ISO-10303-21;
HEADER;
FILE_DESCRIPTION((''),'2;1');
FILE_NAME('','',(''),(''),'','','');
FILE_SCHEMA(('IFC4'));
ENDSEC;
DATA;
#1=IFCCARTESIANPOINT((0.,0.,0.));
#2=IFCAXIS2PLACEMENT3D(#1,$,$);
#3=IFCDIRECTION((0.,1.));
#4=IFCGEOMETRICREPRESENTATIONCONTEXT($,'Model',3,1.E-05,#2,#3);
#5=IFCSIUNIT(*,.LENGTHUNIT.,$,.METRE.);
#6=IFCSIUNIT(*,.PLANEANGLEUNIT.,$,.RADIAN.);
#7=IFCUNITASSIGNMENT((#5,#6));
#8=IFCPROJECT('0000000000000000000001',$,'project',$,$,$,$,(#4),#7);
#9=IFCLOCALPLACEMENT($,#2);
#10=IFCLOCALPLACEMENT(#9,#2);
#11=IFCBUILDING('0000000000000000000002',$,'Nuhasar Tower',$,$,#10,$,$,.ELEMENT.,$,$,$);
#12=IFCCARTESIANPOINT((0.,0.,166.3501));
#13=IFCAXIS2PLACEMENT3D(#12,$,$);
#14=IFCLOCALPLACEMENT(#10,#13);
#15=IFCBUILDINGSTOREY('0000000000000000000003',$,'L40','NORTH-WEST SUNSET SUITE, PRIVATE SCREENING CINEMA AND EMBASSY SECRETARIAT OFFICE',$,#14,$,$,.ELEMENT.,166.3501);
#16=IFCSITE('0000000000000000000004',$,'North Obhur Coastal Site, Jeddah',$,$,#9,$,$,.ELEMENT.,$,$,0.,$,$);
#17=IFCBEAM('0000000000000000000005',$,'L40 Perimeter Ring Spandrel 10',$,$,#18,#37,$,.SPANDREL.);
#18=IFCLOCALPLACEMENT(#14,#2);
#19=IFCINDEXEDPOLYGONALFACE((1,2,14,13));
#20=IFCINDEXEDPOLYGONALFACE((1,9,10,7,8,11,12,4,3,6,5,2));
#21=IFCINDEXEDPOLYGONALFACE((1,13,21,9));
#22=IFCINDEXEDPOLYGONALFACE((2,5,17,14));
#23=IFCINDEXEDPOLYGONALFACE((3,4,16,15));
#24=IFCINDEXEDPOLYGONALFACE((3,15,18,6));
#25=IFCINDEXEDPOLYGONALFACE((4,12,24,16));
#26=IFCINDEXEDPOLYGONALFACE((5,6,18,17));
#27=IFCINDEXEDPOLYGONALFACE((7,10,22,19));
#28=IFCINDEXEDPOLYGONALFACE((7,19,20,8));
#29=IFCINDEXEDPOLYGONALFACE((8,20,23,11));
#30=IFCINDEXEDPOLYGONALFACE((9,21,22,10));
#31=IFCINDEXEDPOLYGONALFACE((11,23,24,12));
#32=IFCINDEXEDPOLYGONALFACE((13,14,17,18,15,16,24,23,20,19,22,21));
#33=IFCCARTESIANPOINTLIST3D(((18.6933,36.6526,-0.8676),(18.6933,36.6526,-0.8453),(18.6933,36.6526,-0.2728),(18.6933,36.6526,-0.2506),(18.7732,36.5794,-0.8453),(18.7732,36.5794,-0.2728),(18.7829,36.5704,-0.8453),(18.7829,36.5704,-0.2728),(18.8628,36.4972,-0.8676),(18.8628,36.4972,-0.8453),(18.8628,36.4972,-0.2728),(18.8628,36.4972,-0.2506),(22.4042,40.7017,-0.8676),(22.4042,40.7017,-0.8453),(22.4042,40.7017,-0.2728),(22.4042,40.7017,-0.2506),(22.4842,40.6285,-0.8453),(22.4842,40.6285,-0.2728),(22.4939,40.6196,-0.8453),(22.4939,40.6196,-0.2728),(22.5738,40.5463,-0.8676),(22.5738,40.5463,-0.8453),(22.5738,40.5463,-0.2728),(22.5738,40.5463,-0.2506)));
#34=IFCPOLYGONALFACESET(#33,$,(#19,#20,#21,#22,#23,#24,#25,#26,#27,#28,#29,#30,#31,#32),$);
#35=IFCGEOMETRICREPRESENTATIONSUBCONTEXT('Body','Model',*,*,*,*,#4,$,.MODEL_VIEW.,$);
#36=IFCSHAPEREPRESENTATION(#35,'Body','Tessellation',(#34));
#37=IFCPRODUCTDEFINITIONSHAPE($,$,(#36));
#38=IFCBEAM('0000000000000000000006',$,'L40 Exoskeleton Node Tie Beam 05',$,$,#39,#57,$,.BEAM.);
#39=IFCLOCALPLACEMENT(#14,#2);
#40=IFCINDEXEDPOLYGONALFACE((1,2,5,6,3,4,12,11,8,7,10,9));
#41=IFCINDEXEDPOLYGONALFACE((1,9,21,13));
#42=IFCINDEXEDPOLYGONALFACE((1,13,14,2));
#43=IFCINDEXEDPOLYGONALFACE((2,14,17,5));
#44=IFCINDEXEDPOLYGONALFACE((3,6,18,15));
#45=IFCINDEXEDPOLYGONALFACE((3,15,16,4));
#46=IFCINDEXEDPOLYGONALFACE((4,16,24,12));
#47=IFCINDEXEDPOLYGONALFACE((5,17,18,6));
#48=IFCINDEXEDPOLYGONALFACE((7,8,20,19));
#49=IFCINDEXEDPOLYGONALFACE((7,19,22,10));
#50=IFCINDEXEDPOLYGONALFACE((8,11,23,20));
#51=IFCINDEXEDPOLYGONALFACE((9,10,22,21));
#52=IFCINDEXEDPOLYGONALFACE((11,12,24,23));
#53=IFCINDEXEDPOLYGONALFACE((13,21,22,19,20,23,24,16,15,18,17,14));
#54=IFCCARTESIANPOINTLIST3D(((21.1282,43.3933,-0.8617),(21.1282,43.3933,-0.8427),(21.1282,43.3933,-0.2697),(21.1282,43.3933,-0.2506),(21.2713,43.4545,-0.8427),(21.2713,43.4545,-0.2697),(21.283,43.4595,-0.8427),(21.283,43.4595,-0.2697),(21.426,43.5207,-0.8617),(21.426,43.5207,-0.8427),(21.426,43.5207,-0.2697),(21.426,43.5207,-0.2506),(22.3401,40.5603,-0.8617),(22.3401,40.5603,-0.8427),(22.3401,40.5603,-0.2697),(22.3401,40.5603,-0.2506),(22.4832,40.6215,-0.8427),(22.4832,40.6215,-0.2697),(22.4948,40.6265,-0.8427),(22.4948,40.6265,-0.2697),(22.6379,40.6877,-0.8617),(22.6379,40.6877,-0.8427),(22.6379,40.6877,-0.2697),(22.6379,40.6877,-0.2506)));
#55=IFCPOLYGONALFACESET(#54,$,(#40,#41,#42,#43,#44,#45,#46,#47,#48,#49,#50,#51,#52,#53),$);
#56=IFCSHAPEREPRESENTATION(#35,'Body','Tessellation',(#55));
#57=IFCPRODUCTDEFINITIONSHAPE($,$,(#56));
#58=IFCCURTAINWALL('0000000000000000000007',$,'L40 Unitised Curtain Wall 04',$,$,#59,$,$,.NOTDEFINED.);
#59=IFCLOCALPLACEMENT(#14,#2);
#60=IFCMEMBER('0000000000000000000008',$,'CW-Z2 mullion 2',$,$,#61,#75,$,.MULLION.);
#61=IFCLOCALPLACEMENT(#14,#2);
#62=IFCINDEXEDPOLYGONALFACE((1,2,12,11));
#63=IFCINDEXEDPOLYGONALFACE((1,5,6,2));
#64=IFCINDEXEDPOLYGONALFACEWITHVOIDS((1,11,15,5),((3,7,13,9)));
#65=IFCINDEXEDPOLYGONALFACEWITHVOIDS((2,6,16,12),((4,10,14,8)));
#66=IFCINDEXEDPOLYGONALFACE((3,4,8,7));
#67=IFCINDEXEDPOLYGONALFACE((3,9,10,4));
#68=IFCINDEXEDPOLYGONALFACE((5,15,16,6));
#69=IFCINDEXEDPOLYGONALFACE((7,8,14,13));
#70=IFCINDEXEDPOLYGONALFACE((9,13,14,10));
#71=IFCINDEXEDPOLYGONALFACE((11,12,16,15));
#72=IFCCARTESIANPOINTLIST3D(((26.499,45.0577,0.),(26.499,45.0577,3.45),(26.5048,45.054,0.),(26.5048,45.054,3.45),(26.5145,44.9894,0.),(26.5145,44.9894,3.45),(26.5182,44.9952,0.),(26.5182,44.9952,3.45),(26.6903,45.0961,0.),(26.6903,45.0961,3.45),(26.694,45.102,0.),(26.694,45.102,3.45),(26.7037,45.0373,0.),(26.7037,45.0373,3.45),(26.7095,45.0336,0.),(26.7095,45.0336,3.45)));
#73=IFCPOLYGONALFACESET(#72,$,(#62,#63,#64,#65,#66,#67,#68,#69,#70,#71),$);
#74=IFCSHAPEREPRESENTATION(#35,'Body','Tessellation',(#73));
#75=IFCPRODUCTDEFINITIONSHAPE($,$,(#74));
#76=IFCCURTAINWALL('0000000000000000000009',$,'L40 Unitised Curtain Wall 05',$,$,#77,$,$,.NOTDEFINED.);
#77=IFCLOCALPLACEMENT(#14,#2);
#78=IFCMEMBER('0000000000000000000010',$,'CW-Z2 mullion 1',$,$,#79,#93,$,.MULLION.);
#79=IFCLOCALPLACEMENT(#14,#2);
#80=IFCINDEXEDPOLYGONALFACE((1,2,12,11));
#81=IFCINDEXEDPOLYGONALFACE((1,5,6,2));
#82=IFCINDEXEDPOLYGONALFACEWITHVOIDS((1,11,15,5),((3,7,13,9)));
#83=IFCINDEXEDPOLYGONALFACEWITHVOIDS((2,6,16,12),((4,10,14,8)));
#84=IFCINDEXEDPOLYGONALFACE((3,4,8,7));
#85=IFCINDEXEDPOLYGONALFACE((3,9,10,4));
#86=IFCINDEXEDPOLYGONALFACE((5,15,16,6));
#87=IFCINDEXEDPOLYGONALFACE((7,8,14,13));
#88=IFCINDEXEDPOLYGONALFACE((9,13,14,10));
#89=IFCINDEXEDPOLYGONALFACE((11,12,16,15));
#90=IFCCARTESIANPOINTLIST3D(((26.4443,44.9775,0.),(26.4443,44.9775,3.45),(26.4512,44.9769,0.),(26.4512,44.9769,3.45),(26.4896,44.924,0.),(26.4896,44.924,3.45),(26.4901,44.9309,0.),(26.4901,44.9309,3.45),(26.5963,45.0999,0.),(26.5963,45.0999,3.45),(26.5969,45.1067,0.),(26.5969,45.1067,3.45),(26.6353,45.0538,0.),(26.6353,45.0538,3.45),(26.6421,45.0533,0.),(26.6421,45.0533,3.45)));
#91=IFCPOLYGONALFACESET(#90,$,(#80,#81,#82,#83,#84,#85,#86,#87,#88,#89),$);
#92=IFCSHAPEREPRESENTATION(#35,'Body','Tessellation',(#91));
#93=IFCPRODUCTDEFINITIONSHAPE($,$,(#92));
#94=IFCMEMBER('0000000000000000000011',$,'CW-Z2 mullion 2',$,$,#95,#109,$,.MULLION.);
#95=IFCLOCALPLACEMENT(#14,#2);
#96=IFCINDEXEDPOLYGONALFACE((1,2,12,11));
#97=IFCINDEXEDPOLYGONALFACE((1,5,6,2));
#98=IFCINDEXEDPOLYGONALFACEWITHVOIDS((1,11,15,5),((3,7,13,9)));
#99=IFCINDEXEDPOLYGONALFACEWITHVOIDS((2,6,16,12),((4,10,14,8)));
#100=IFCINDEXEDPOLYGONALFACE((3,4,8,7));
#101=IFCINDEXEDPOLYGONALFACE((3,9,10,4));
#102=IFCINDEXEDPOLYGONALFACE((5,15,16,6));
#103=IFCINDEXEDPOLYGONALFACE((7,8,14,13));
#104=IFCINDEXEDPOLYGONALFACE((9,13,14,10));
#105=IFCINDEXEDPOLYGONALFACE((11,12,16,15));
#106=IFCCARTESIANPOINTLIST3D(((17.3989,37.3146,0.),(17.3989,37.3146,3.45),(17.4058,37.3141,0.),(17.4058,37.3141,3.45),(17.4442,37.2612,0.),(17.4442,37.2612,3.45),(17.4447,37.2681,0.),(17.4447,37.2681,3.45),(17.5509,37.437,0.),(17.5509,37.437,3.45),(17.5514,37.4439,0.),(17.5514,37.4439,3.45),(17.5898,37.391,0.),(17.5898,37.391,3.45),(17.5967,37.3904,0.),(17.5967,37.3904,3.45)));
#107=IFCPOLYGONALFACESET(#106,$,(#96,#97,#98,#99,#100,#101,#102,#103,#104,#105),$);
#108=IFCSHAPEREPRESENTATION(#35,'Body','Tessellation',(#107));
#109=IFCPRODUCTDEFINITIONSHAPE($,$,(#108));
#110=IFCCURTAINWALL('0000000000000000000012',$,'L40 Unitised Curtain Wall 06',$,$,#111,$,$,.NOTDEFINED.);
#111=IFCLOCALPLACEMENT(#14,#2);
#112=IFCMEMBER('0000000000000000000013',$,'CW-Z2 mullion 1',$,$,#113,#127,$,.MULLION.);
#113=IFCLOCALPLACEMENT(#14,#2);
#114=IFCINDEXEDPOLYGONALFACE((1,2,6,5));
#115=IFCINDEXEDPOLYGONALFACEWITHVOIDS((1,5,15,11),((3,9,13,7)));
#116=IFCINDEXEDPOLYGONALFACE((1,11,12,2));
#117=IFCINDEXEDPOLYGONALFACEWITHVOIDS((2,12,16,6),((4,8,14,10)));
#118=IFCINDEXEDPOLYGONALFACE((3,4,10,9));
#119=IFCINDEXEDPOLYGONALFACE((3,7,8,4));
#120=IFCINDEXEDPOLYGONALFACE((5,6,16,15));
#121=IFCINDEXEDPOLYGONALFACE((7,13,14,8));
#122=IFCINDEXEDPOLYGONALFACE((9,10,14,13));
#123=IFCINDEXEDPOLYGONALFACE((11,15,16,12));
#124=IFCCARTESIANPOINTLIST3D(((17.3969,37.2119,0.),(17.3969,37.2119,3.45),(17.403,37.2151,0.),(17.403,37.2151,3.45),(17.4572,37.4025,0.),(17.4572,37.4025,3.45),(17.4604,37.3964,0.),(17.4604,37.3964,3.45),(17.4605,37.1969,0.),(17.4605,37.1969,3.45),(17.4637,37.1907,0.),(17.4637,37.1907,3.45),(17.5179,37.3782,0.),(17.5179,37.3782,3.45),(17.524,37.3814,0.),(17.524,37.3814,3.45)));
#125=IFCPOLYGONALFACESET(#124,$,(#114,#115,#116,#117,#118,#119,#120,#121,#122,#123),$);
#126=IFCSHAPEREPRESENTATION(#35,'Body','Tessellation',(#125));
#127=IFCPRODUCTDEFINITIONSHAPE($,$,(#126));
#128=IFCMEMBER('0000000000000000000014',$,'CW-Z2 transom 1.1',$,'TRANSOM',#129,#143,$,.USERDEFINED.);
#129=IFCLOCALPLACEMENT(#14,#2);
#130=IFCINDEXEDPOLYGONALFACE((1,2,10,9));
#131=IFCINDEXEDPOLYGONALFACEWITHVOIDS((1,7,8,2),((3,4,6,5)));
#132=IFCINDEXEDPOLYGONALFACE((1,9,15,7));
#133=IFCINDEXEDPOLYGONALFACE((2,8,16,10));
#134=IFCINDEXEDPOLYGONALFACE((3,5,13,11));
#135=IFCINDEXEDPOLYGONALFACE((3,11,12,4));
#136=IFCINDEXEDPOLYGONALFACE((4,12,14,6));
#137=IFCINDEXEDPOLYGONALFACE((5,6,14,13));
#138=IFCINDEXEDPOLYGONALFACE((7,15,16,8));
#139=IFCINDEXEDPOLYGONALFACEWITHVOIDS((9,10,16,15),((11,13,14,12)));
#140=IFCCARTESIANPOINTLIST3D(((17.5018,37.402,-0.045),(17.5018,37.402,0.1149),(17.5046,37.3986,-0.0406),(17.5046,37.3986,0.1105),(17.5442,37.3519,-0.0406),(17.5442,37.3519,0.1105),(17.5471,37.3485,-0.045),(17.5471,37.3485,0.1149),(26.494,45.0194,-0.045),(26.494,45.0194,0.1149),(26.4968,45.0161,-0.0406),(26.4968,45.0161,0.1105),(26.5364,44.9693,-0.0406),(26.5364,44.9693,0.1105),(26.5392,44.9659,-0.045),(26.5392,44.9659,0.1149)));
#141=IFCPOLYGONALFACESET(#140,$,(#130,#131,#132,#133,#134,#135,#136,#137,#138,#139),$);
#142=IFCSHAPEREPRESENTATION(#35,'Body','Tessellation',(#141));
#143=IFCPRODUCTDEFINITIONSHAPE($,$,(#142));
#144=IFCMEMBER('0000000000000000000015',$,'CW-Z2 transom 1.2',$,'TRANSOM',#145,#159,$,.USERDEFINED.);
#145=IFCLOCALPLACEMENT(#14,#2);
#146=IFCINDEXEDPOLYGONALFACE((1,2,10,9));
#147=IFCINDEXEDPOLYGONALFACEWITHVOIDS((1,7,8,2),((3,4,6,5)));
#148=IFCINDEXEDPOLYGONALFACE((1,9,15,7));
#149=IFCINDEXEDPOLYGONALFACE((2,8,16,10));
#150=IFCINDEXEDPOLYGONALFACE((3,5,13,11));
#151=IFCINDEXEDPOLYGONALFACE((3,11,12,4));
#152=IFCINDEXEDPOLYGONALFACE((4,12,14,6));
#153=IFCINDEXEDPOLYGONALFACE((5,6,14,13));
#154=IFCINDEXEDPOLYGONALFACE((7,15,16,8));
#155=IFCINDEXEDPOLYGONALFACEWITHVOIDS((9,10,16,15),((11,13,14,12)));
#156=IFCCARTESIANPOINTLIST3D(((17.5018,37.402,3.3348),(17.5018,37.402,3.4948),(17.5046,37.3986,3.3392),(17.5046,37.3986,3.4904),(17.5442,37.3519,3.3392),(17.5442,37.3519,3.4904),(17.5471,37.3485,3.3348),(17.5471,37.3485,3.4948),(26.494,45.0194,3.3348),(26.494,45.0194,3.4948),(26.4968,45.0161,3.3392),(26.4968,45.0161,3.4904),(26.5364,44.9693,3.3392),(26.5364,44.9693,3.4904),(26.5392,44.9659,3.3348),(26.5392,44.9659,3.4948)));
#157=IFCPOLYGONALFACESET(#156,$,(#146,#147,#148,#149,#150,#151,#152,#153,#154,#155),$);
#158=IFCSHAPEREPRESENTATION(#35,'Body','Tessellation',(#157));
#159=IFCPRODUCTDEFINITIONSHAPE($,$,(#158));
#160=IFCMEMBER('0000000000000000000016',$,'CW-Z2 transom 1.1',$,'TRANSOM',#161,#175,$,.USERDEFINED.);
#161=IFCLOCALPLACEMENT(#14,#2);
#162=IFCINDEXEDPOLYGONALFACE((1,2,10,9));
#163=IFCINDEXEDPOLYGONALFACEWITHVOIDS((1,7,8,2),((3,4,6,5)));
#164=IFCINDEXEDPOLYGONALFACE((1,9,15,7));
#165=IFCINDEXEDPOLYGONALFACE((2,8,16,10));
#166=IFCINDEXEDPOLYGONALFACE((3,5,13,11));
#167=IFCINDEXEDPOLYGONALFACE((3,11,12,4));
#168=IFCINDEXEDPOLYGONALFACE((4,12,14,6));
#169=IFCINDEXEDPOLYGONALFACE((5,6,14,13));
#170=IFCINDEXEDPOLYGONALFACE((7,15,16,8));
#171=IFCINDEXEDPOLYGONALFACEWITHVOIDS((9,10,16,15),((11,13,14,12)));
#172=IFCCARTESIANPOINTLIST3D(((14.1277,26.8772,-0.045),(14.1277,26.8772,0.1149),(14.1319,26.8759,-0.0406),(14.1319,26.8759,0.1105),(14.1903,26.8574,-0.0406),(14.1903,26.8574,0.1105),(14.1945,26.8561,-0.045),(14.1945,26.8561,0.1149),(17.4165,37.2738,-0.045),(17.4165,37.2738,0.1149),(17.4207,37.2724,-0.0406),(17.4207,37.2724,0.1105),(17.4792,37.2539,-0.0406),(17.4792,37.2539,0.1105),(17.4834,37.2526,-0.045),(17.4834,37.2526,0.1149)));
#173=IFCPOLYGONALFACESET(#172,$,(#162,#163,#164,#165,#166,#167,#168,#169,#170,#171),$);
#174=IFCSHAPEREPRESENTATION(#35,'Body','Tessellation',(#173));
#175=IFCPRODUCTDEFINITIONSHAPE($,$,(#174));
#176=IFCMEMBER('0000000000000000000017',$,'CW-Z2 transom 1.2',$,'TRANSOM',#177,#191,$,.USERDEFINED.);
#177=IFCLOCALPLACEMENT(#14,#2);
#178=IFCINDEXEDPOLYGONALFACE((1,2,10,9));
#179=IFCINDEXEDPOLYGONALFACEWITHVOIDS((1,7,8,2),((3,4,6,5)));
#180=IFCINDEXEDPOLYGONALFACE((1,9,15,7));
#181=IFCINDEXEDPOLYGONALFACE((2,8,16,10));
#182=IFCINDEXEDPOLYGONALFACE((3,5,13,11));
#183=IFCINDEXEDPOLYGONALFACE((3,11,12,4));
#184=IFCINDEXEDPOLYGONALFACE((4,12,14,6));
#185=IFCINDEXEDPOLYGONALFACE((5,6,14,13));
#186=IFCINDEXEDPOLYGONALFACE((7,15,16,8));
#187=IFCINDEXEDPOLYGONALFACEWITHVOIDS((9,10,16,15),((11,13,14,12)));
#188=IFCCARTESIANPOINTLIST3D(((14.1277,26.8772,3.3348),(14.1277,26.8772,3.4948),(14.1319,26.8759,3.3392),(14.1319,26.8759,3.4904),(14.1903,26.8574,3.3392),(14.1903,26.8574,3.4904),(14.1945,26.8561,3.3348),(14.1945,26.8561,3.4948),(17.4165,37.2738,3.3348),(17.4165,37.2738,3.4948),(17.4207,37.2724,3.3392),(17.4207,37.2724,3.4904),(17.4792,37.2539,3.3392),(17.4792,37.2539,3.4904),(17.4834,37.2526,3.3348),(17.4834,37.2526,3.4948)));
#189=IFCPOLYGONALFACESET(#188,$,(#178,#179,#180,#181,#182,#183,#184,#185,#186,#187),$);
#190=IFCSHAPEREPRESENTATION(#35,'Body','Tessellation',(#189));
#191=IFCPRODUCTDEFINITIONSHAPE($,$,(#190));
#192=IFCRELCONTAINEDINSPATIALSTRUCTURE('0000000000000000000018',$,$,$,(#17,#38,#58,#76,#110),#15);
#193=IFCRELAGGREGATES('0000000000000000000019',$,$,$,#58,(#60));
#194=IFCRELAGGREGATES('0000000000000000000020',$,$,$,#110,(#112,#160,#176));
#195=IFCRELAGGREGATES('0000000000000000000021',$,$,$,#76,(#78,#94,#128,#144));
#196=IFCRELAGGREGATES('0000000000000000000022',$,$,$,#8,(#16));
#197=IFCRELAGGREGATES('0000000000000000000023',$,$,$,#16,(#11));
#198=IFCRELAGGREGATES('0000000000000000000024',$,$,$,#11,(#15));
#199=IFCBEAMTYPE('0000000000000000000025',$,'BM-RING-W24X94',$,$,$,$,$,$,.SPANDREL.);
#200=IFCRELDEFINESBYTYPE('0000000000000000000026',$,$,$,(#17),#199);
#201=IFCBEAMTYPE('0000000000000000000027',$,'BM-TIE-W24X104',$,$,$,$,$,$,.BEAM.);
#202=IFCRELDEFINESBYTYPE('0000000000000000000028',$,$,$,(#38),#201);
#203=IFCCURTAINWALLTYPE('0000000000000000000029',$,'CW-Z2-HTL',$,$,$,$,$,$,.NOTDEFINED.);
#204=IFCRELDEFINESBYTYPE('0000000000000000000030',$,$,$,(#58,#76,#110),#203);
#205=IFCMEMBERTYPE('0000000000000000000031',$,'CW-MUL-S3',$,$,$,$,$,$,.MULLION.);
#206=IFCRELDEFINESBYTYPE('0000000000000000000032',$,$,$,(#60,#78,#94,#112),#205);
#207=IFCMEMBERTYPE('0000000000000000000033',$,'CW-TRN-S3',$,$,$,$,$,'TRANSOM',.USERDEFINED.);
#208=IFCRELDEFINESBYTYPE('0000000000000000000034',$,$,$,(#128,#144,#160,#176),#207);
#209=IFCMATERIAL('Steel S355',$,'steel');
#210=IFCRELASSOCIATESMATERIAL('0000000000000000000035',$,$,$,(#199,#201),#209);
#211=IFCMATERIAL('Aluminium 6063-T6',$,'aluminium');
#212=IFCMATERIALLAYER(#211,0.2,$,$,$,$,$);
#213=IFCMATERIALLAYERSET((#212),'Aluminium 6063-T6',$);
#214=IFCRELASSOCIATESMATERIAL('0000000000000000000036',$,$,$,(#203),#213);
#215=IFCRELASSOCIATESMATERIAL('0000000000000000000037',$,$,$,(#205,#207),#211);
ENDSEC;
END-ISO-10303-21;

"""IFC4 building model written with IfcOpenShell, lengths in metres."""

from ifc_helpers import new_model, si_unit, direction, frame, origin, origin_2d, place, context, subcontext, project, spatial, hollow_rectangle, i_section, extrude, material, layer, layer_set, material_profile, profile_set, type_object, element, aggregate, save


model = new_model("IFC4")

# Units and contexts
model_context = context("Model", 3, precision=1e-05, world=origin(), true_north=direction((0.0, 1.0)))
body_context = subcontext(model_context, "Body", "Model", "MODEL_VIEW")
ifc_project = project(units=[si_unit("LENGTHUNIT", "METRE"), si_unit("PLANEANGLEUNIT", "RADIAN")], contexts=[model_context])

# Site, building, storey
site_placement = place(None, origin())
site = spatial("IfcSite", under=ifc_project, at=site_placement, Name="North Obhur Coastal Site, Jeddah", CompositionType="ELEMENT", RefElevation=0.0)
building_placement = place(site_placement, origin())
building = spatial("IfcBuilding", under=site, at=building_placement, Name="Nuhasar Tower", CompositionType="ELEMENT")
storey_placement = place(building_placement, frame((0.0, 0.0, 166.3501)))
storey = spatial("IfcBuildingStorey", under=building, at=storey_placement, Name="L40", Description="NORTH-WEST SUNSET SUITE, PRIVATE SCREENING CINEMA AND EMBASSY SECRETARIAT OFFICE", CompositionType="ELEMENT", Elevation=166.3501)

# Beams
ifc_material_1 = material(Name="Steel S355", Category="steel")
ifc_material_profile_1 = material_profile(ifc_material_1, i_section(OverallWidth=0.23, OverallDepth=0.6169, WebThickness=0.0132, FlangeThickness=0.0222, at=origin_2d()), Name="W24X94")
ifc_profile_set_1 = profile_set([ifc_material_profile_1], Name="Steel S355")
beam_type_1 = type_object("IfcBeamType", Name="BM-RING-W24X94", PredefinedType="SPANDREL", material=ifc_profile_set_1)
beam_1_placement = place(storey_placement, frame((22.489, 40.624, -0.5591), z_axis=(-0.675654, -0.737219, 0.0), x_axis=(0.737219, -0.675654, 0.0)))
element("IfcBeam", 1, at=beam_1_placement, inside=storey, type_object=beam_type_1, Name="L40 Perimeter Ring Spandrel 10", PredefinedType="SPANDREL", context=body_context, shape_type="SweptSolid", body=[
    extrude(i_section(OverallWidth=0.23, OverallDepth=0.6169, WebThickness=0.0132, FlangeThickness=0.0222, at=origin_2d()), origin(), (0.0, 0.0, 1.0), 5.4924),
])
ifc_material_profile_2 = material_profile(ifc_material_1, i_section(OverallWidth=0.324, OverallDepth=0.6111, WebThickness=0.0127, FlangeThickness=0.019, at=origin_2d()), Name="W24X104")
ifc_profile_set_2 = profile_set([ifc_material_profile_2], Name="Steel S355")
beam_type_2 = type_object("IfcBeamType", Name="BM-TIE-W24X104", PredefinedType="BEAM", material=ifc_profile_set_2)
beam_2_placement = place(storey_placement, frame((22.489, 40.624, -0.5562), z_axis=(-0.393307, 0.919407, 0.0), x_axis=(-0.919407, -0.393307, 0.0)))
element("IfcBeam", 2, at=beam_2_placement, inside=storey, type_object=beam_type_2, Name="L40 Exoskeleton Node Tie Beam 05", PredefinedType="BEAM", context=body_context, shape_type="SweptSolid", body=[
    extrude(i_section(OverallWidth=0.324, OverallDepth=0.6111, WebThickness=0.0127, FlangeThickness=0.019, at=origin_2d()), origin(), (0.0, 0.0, 1.0), 3.0813),
])

# Curtain wall, member
ifc_material_2 = material(Name="Aluminium 6063-T6", Category="aluminium")
ifc_layer_1 = layer(ifc_material_2, 0.2)
ifc_layer_set_1 = layer_set([ifc_layer_1], Name="Aluminium 6063-T6")
curtain_wall_type = type_object("IfcCurtainWallType", Name="CW-Z2-HTL", PredefinedType="NOTDEFINED", material=ifc_layer_set_1)
curtain_wall_1_placement = place(storey_placement, origin())
curtain_wall_1 = element("IfcCurtainWall", 3, at=curtain_wall_1_placement, inside=storey, type_object=curtain_wall_type, Name="L40 Unitised Curtain Wall 04", PredefinedType="NOTDEFINED")
ifc_material_profile_3 = material_profile(ifc_material_2, hollow_rectangle(XDim=0.0701, YDim=0.2, WallThickness=0.0049, at=origin_2d()), Name="CWM-3")
ifc_profile_set_3 = profile_set([ifc_material_profile_3], Name="Aluminium 6063-T6")
member_type_1 = type_object("IfcMemberType", Name="CW-MUL-S3", PredefinedType="MULLION", material=ifc_profile_set_3)
member_1_placement = place(storey_placement, frame((26.6042, 45.0457, 0.0), z_axis=(0.0, 0.0, 1.0), x_axis=(0.221397, -0.975184, 0.0)))
member_1 = element("IfcMember", 4, at=member_1_placement, type_object=member_type_1, Name="CW-Z2 mullion 2", PredefinedType="MULLION", context=body_context, shape_type="SweptSolid", body=[
    extrude(hollow_rectangle(XDim=0.0701, YDim=0.2, WallThickness=0.0049, at=origin_2d()), origin(), (0.0, 0.0, 1.0), 3.45),
])
aggregate(curtain_wall_1, [member_1])

# Curtain wall, members
curtain_wall_2_placement = place(storey_placement, origin())
curtain_wall_2 = element("IfcCurtainWall", 5, at=curtain_wall_2_placement, inside=storey, type_object=curtain_wall_type, Name="L40 Unitised Curtain Wall 05", PredefinedType="NOTDEFINED")
member_2_placement = place(storey_placement, frame((26.5432, 45.0154, 0.0), z_axis=(0.0, 0.0, 1.0), x_axis=(0.646374, -0.76302, 0.0)))
member_2 = element("IfcMember", 6, at=member_2_placement, type_object=member_type_1, Name="CW-Z2 mullion 1", PredefinedType="MULLION", context=body_context, shape_type="SweptSolid", body=[
    extrude(hollow_rectangle(XDim=0.0701, YDim=0.2, WallThickness=0.0049, at=origin_2d()), origin(), (0.0, 0.0, 1.0), 3.45),
])
member_3_placement = place(storey_placement, frame((17.4978, 37.3525, 0.0), z_axis=(0.0, 0.0, 1.0), x_axis=(0.646374, -0.76302, 0.0)))
member_3 = element("IfcMember", 7, at=member_3_placement, type_object=member_type_1, Name="CW-Z2 mullion 2", PredefinedType="MULLION", context=body_context, shape_type="SweptSolid", body=[
    extrude(hollow_rectangle(XDim=0.0701, YDim=0.2, WallThickness=0.0049, at=origin_2d()), origin(), (0.0, 0.0, 1.0), 3.45),
])

# Curtain wall, member
curtain_wall_3_placement = place(storey_placement, origin())
curtain_wall_3 = element("IfcCurtainWall", 8, at=curtain_wall_3_placement, inside=storey, type_object=curtain_wall_type, Name="L40 Unitised Curtain Wall 06", PredefinedType="NOTDEFINED")
member_4_placement = place(storey_placement, frame((17.4604, 37.2966, 0.0), z_axis=(0.0, 0.0, 1.0), x_axis=(0.953433, -0.301604, 0.0)))
member_4 = element("IfcMember", 9, at=member_4_placement, type_object=member_type_1, Name="CW-Z2 mullion 1", PredefinedType="MULLION", context=body_context, shape_type="SweptSolid", body=[
    extrude(hollow_rectangle(XDim=0.0701, YDim=0.2, WallThickness=0.0049, at=origin_2d()), origin(), (0.0, 0.0, 1.0), 3.45),
])

# Members
ifc_material_profile_4 = material_profile(ifc_material_2, hollow_rectangle(XDim=0.0701, YDim=0.1599, WallThickness=0.0044, at=origin_2d()), Name="CWT-3")
ifc_profile_set_4 = profile_set([ifc_material_profile_4], Name="Aluminium 6063-T6")
member_type_2 = type_object("IfcMemberType", Name="CW-TRN-S3", ElementType="TRANSOM", PredefinedType="USERDEFINED", material=ifc_profile_set_4)
member_5_placement = place(storey_placement, frame((26.5166, 44.9927, 0.0349), z_axis=(-0.763024, -0.64637, 0.0), x_axis=(0.64637, -0.763024, 0.0)))
member_5 = element("IfcMember", 10, at=member_5_placement, type_object=member_type_2, Name="CW-Z2 transom 1.1", ObjectType="TRANSOM", PredefinedType="USERDEFINED", context=body_context, shape_type="SweptSolid", body=[
    extrude(hollow_rectangle(XDim=0.0701, YDim=0.1599, WallThickness=0.0044, at=origin_2d()), origin(), (0.0, 0.0, 1.0), 11.7849),
])
member_6_placement = place(storey_placement, frame((26.5166, 44.9927, 3.4148), z_axis=(-0.763024, -0.64637, 0.0), x_axis=(0.64637, -0.763024, 0.0)))
member_6 = element("IfcMember", 11, at=member_6_placement, type_object=member_type_2, Name="CW-Z2 transom 1.2", ObjectType="TRANSOM", PredefinedType="USERDEFINED", context=body_context, shape_type="SweptSolid", body=[
    extrude(hollow_rectangle(XDim=0.0701, YDim=0.1599, WallThickness=0.0044, at=origin_2d()), origin(), (0.0, 0.0, 1.0), 11.7849),
])
member_7_placement = place(storey_placement, frame((17.45, 37.2632, 0.0349), z_axis=(-0.301608, -0.953432, 0.0), x_axis=(0.953432, -0.301608, 0.0)))
member_7 = element("IfcMember", 12, at=member_7_placement, type_object=member_type_2, Name="CW-Z2 transom 1.1", ObjectType="TRANSOM", PredefinedType="USERDEFINED", context=body_context, shape_type="SweptSolid", body=[
    extrude(hollow_rectangle(XDim=0.0701, YDim=0.1599, WallThickness=0.0044, at=origin_2d()), origin(), (0.0, 0.0, 1.0), 10.9043),
])
member_8_placement = place(storey_placement, frame((17.45, 37.2632, 3.4148), z_axis=(-0.301608, -0.953432, 0.0), x_axis=(0.953432, -0.301608, 0.0)))
member_8 = element("IfcMember", 13, at=member_8_placement, type_object=member_type_2, Name="CW-Z2 transom 1.2", ObjectType="TRANSOM", PredefinedType="USERDEFINED", context=body_context, shape_type="SweptSolid", body=[
    extrude(hollow_rectangle(XDim=0.0701, YDim=0.1599, WallThickness=0.0044, at=origin_2d()), origin(), (0.0, 0.0, 1.0), 10.9043),
])
aggregate(curtain_wall_3, [member_4, member_7, member_8])

aggregate(curtain_wall_2, [member_2, member_3, member_5, member_6])

save(model, "model.ifc")
